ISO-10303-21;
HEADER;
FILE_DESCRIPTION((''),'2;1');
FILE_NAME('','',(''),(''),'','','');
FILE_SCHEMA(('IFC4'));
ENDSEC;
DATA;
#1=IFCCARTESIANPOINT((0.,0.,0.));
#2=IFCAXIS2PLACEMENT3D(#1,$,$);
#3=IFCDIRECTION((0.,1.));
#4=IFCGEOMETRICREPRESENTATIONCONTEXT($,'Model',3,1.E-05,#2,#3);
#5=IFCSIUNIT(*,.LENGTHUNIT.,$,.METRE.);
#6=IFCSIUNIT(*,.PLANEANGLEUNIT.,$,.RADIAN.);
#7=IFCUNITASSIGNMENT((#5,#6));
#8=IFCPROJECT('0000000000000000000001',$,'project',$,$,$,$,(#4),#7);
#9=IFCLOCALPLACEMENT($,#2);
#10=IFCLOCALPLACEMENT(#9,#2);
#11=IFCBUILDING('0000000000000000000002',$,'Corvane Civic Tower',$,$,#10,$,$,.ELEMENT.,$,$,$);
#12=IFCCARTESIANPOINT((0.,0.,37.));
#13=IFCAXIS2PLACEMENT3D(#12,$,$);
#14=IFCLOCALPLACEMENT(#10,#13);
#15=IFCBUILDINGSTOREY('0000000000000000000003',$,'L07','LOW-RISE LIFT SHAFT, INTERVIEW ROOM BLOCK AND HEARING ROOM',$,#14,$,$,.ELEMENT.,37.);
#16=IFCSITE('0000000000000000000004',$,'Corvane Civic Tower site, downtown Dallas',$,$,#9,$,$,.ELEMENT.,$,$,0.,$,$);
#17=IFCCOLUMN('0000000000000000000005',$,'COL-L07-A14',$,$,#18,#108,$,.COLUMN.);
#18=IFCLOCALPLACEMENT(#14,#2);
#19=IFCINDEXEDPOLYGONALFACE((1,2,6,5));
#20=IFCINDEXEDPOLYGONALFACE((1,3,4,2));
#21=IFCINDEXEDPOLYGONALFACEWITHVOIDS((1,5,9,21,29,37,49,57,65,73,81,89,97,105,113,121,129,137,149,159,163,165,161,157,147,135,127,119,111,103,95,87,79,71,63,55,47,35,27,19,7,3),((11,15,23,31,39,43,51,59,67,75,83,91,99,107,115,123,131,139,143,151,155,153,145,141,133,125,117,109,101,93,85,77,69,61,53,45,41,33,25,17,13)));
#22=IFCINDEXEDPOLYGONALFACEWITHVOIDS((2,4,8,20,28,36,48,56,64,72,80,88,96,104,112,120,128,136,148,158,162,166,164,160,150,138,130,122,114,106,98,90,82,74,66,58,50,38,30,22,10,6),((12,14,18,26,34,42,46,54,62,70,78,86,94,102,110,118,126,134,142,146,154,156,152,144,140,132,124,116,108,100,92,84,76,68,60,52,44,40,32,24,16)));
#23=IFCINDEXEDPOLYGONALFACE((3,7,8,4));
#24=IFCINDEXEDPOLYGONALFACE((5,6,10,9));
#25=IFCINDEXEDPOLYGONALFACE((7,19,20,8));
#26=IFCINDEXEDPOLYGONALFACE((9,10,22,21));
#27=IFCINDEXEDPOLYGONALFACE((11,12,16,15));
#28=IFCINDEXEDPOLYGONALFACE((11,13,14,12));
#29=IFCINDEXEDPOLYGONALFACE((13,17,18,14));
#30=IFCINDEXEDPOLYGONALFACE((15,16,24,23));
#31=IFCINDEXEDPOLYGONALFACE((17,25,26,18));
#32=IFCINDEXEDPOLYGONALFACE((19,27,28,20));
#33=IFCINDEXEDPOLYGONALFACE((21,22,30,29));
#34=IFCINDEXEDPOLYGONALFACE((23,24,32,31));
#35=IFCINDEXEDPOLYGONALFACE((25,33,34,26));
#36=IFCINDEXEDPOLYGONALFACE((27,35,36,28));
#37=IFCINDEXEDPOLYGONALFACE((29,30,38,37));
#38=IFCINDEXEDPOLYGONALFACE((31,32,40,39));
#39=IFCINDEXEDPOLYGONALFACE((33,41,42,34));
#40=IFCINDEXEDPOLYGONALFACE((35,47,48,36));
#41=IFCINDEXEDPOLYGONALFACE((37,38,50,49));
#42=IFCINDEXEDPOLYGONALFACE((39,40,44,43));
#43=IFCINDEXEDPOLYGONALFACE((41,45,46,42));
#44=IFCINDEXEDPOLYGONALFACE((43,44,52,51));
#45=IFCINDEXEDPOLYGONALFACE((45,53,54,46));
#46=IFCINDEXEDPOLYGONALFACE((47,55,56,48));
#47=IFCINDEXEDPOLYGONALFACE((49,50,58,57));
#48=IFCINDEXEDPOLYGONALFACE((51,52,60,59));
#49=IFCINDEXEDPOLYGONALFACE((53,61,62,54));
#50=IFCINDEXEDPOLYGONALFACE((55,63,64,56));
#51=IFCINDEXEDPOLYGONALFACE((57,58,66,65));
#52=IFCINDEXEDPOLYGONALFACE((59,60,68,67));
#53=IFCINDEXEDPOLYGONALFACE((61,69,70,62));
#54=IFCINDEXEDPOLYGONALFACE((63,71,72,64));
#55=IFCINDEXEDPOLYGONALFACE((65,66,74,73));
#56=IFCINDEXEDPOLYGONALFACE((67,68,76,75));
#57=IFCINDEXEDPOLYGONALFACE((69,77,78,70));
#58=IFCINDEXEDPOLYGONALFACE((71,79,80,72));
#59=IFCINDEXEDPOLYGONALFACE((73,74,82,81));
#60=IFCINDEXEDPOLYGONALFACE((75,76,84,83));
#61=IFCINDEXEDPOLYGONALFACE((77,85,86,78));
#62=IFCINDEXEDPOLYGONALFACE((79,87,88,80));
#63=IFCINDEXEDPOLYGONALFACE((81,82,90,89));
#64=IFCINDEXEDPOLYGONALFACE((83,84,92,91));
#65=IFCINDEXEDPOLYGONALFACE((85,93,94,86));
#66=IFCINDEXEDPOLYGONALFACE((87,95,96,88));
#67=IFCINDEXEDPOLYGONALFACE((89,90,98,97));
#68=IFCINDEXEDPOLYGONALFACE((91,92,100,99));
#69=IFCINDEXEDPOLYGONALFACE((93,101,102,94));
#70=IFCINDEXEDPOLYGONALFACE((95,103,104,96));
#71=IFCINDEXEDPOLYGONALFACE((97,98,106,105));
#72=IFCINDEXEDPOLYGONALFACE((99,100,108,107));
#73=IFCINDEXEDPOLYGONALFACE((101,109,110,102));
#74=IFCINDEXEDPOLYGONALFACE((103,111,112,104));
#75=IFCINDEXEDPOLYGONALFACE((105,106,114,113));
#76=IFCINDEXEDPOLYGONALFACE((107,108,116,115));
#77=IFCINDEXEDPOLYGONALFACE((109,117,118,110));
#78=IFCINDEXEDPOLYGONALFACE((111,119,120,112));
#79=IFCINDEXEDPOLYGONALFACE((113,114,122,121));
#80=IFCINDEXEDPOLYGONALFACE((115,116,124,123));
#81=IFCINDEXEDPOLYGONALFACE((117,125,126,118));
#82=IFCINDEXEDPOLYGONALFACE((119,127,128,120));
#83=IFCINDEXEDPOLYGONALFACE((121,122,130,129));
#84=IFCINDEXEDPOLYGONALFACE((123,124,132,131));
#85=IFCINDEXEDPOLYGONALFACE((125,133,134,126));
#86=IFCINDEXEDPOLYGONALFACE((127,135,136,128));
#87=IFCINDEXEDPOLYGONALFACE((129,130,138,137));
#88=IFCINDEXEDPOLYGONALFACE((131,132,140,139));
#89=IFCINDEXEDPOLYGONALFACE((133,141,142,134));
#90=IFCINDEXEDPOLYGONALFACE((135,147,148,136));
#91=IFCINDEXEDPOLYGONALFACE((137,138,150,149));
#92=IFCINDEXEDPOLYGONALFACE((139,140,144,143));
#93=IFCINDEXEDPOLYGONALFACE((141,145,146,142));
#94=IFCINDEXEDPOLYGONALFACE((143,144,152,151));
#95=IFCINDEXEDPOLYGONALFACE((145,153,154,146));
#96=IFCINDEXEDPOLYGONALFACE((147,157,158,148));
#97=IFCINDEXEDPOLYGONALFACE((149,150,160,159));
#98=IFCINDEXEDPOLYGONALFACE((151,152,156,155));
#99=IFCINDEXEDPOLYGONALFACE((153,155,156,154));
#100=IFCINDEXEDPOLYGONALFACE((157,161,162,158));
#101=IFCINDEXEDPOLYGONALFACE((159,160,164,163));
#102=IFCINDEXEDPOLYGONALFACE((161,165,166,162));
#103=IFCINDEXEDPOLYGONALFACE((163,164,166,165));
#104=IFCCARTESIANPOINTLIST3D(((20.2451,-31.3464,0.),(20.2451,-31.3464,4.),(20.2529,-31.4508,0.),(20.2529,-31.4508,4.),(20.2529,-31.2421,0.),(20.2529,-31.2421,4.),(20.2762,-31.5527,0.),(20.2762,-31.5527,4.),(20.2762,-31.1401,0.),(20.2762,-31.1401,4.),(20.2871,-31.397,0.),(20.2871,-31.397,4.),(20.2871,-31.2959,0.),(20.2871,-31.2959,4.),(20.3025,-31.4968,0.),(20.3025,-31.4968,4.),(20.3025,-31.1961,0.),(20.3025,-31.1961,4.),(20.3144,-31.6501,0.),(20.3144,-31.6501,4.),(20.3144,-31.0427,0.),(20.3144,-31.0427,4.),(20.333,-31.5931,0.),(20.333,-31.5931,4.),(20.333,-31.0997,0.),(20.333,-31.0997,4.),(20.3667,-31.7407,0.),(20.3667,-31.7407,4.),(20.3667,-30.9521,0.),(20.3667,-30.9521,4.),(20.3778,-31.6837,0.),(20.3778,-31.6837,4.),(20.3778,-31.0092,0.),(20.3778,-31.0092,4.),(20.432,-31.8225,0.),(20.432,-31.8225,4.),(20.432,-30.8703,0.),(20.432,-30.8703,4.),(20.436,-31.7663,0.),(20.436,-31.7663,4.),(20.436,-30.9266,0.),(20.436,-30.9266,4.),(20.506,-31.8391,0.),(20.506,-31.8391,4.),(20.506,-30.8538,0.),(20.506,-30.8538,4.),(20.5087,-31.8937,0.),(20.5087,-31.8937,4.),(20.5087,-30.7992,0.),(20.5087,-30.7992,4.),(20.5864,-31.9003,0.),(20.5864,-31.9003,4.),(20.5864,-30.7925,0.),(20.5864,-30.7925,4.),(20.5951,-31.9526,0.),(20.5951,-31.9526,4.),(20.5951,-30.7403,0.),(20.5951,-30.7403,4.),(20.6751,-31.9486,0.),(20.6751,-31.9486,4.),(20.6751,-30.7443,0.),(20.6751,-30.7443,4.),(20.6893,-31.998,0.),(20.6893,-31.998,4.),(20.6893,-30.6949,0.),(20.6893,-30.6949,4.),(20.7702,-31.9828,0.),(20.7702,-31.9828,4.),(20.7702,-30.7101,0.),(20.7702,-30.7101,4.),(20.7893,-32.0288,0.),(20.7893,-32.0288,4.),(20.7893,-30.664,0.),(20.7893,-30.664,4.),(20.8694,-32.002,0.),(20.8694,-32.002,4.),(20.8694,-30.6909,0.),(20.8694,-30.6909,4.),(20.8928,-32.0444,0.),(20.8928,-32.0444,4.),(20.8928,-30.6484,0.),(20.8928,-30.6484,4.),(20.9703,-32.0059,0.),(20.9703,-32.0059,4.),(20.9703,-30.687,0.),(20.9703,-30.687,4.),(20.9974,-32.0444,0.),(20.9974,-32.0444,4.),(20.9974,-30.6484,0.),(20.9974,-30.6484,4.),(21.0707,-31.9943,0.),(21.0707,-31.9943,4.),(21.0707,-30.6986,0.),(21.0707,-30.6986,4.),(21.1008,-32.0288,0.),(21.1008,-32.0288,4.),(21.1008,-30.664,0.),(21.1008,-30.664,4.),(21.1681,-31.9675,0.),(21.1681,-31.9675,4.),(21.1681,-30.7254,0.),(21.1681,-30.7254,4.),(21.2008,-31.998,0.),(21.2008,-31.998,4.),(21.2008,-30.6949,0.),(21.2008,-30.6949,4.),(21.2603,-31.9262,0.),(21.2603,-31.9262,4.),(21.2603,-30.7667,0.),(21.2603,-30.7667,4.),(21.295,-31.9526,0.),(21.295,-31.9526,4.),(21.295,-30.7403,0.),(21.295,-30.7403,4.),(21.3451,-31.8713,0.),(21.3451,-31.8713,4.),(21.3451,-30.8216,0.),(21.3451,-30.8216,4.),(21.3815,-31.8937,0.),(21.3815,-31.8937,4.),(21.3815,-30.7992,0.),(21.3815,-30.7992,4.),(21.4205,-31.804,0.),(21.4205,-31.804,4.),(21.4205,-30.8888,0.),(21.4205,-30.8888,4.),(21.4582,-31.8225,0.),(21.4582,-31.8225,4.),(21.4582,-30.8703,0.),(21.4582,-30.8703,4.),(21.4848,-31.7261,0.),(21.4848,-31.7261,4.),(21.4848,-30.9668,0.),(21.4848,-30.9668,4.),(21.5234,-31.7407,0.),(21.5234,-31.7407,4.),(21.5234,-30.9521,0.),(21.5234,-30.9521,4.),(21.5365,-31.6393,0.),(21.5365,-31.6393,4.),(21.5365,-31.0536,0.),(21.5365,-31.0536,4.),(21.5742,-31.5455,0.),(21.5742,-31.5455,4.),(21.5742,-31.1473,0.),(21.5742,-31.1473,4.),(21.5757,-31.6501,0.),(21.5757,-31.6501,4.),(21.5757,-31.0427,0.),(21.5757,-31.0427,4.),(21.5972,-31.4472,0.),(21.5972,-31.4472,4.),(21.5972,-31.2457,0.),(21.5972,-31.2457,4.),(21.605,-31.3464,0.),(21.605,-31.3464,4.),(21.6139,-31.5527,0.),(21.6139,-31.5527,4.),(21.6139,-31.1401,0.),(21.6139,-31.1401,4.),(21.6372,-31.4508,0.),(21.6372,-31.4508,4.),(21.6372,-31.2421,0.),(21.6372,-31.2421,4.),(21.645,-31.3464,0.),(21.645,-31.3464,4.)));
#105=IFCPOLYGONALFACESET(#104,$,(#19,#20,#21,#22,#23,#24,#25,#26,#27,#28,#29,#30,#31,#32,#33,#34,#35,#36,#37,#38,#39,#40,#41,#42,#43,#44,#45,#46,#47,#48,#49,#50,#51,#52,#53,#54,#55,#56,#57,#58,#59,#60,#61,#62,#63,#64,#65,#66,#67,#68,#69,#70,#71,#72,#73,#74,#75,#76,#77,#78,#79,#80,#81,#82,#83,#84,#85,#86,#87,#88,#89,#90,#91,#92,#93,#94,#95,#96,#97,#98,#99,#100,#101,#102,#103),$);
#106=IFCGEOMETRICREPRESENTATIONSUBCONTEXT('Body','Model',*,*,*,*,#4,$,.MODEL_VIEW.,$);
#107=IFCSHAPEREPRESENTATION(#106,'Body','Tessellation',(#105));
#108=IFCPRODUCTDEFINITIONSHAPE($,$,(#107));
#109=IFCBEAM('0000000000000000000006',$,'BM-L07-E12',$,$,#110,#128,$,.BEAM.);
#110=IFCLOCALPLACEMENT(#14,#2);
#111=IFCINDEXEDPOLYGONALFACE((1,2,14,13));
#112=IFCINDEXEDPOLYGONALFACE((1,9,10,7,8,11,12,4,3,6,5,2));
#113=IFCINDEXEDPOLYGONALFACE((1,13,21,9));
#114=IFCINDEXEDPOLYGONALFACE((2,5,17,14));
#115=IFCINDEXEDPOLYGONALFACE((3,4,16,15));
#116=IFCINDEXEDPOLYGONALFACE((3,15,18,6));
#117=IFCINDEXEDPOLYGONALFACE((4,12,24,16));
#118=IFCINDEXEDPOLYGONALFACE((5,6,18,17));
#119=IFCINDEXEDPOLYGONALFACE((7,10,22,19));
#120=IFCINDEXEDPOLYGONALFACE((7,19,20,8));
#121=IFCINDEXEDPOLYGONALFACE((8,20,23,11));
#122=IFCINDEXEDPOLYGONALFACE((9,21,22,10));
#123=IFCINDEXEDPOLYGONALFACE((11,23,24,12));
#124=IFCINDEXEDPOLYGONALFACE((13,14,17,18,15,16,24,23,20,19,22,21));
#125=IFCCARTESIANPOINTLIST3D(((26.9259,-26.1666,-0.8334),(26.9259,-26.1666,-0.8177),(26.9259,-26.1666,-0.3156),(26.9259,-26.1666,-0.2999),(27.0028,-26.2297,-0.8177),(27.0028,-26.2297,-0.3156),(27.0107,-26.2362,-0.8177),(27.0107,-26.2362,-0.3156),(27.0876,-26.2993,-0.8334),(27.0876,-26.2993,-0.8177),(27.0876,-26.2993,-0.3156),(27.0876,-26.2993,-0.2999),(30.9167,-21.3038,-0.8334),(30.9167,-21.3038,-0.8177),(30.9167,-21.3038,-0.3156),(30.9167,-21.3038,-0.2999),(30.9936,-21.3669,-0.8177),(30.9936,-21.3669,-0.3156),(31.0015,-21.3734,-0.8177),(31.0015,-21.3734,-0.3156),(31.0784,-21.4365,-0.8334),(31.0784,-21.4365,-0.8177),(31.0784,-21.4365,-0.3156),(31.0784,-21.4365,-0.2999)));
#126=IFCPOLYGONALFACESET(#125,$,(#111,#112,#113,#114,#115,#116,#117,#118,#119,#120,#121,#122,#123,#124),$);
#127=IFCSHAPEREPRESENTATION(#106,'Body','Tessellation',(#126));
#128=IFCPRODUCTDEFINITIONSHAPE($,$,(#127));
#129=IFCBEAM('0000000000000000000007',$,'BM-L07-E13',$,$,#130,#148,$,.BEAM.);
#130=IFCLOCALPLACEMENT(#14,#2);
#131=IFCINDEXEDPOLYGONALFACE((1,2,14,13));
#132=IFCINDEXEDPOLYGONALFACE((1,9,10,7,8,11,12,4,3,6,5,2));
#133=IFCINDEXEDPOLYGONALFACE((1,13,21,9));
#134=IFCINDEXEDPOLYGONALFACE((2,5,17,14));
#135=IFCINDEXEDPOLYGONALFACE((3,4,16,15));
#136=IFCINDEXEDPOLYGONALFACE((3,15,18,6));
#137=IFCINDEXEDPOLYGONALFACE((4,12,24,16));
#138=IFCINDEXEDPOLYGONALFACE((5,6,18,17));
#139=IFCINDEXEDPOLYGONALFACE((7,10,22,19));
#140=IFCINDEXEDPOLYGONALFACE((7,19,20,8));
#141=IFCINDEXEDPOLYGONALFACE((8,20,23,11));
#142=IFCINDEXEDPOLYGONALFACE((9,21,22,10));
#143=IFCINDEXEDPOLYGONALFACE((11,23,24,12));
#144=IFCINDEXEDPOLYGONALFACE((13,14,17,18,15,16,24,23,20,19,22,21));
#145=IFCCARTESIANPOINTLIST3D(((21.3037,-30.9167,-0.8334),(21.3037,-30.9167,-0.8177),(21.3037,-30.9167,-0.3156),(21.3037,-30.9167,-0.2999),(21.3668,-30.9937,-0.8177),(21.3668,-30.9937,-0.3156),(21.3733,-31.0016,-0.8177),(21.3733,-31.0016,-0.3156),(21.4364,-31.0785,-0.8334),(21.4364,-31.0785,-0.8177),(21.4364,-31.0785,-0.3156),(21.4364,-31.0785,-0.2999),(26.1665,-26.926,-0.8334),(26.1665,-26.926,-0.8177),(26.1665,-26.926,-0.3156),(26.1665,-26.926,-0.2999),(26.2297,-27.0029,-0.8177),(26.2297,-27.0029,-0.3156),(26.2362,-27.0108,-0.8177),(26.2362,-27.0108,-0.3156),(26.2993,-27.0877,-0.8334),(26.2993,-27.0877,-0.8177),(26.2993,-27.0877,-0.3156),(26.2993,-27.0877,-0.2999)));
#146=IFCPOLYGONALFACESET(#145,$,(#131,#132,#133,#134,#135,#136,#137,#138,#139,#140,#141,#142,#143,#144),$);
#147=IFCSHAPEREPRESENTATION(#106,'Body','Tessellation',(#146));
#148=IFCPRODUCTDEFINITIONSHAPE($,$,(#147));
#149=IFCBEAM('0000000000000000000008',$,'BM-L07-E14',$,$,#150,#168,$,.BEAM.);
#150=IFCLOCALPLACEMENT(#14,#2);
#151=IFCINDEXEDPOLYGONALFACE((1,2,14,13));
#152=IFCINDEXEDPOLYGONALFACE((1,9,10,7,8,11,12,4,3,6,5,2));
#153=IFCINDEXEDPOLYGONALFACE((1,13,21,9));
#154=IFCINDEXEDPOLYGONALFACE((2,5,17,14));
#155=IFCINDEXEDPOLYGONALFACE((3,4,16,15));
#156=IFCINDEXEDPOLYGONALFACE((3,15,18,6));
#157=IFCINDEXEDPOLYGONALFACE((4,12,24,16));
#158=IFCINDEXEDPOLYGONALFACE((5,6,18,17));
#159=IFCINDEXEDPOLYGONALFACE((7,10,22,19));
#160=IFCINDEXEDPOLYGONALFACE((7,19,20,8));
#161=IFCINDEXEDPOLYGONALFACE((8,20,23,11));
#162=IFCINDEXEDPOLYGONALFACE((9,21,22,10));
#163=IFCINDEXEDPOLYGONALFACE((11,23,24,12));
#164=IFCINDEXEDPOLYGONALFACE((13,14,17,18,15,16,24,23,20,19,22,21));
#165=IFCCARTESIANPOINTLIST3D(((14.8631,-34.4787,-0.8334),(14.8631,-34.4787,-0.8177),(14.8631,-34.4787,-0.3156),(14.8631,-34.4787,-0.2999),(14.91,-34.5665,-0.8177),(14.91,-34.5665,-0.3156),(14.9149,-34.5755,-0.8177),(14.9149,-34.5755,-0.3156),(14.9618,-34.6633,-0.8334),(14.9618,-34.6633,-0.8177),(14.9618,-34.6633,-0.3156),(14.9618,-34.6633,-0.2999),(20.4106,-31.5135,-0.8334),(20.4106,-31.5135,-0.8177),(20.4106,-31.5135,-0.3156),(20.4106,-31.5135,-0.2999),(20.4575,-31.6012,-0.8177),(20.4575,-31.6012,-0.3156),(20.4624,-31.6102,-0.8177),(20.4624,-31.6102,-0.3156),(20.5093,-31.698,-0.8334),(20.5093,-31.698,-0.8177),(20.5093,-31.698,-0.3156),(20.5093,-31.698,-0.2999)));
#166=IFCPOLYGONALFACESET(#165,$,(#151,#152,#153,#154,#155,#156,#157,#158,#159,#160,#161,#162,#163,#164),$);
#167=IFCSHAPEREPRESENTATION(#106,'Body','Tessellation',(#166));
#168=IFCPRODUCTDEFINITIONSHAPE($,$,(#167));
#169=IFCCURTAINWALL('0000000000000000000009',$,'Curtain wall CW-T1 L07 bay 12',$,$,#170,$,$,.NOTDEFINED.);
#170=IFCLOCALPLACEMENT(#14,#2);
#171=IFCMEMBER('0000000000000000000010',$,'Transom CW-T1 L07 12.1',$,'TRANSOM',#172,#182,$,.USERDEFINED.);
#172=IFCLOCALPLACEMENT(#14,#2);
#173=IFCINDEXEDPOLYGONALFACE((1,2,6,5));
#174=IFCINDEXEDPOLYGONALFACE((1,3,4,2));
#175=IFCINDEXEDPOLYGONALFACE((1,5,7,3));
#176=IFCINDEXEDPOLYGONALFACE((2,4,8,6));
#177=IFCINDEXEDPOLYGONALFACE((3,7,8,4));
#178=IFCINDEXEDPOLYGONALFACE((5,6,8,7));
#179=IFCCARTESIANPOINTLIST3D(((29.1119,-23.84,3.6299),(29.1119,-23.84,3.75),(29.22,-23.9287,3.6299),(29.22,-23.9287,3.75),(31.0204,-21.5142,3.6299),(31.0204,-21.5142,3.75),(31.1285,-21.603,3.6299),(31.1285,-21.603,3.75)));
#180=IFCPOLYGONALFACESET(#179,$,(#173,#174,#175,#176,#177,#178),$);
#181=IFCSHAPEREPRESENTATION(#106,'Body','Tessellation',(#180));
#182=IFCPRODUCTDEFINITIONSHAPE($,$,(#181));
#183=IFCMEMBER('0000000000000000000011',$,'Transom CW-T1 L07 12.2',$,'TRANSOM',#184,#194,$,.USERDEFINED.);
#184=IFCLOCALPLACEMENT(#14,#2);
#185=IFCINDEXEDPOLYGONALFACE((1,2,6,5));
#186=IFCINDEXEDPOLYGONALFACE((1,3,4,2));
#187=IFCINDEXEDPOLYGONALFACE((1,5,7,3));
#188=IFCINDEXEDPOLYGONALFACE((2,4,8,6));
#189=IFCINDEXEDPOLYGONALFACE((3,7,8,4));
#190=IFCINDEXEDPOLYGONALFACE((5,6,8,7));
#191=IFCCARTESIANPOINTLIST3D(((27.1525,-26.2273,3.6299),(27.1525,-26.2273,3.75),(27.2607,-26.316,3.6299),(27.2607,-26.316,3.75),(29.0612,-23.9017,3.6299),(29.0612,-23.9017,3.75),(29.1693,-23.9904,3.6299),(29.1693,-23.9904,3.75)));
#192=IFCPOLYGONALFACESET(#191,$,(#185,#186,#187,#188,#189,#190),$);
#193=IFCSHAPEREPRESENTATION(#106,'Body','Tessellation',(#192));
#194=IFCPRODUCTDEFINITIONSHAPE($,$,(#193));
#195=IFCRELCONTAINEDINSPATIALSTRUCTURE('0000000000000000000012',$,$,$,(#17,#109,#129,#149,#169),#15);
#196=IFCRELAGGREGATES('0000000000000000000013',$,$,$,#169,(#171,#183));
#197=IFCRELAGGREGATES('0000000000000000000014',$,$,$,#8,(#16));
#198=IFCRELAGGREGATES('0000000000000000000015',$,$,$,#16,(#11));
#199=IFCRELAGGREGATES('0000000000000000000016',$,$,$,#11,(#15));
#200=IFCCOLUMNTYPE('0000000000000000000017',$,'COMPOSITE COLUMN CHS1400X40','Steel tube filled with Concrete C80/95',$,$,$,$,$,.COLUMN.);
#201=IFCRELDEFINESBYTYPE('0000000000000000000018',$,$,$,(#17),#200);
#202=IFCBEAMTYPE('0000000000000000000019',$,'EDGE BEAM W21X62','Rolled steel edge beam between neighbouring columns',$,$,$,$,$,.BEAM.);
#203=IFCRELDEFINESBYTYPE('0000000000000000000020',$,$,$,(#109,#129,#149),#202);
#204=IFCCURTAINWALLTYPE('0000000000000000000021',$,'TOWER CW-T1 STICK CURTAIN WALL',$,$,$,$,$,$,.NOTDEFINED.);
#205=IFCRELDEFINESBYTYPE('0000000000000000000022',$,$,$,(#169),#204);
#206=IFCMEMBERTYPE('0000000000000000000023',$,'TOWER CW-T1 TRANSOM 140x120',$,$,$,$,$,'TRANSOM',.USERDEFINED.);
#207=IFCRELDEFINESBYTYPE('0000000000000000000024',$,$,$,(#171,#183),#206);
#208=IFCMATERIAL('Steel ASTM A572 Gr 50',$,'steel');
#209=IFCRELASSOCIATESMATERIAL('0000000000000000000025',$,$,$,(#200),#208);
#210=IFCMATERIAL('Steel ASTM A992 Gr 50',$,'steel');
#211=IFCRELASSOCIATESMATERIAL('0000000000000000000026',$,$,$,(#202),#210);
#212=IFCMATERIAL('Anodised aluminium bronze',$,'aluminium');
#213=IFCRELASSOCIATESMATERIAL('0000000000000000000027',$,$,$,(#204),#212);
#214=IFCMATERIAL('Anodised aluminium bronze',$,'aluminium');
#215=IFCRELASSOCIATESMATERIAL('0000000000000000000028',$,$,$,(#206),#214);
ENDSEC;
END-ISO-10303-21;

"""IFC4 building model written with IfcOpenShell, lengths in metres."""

from ifc_helpers import new_model, si_unit, direction, frame, origin, origin_2d, place, context, subcontext, project, spatial, rectangle, hollow_circle, i_section, extrude, material, material_profile, profile_set, type_object, element, aggregate, save


model = new_model("IFC4")

# Units and contexts
model_context = context("Model", 3, precision=1e-05, world=origin(), true_north=direction((0.0, 1.0)))
body_context = subcontext(model_context, "Body", "Model", "MODEL_VIEW")
ifc_project = project(units=[si_unit("LENGTHUNIT", "METRE"), si_unit("PLANEANGLEUNIT", "RADIAN")], contexts=[model_context])

# Site, building, storey
site_placement = place(None, origin())
site = spatial("IfcSite", under=ifc_project, at=site_placement, Name="Corvane Civic Tower site, downtown Dallas", CompositionType="ELEMENT", RefElevation=0.0)
building_placement = place(site_placement, origin())
building = spatial("IfcBuilding", under=site, at=building_placement, Name="Corvane Civic Tower", CompositionType="ELEMENT")
storey_placement = place(building_placement, frame((0.0, 0.0, 37.0)))
storey = spatial("IfcBuildingStorey", under=building, at=storey_placement, Name="L07", Description="LOW-RISE LIFT SHAFT, INTERVIEW ROOM BLOCK AND HEARING ROOM", CompositionType="ELEMENT", Elevation=37.0)

# Column
ifc_material_1 = material(Name="Steel ASTM A572 Gr 50", Category="steel")
ifc_material_profile_1 = material_profile(ifc_material_1, hollow_circle(Radius=0.7, WallThickness=0.04, at=origin_2d()), Name="CHS1400X40")
ifc_profile_set_1 = profile_set([ifc_material_profile_1], Name="Steel ASTM A572 Gr 50")
column_type = type_object("IfcColumnType", Name="COMPOSITE COLUMN CHS1400X40", Description="Steel tube filled with Concrete C80/95", PredefinedType="COLUMN", material=ifc_profile_set_1)
for number, where, z_axis, x_axis, name in (
    (1, (20.9451, -31.3464, 0.0), (0.0, 0.0, 1.0), (1.0, 0.0, 0.0), "COL-L07-A14"),
):
    element("IfcColumn", number, at=place(storey_placement, frame(where, z_axis=z_axis, x_axis=x_axis)), inside=storey, type_object=column_type, Name=name, PredefinedType="COLUMN", context=body_context, shape_type="SweptSolid", body=[
        extrude(hollow_circle(Radius=0.7, WallThickness=0.04, at=origin_2d()), origin(), (0.0, 0.0, 1.0), 4.0),
    ])

# Beams
ifc_material_2 = material(Name="Steel ASTM A992 Gr 50", Category="steel")
ifc_material_profile_2 = material_profile(ifc_material_2, i_section(OverallWidth=0.2092, OverallDepth=0.5334, WebThickness=0.0103, FlangeThickness=0.0156, at=origin_2d()), Name="W21X62")
ifc_profile_set_2 = profile_set([ifc_material_profile_2], Name="Steel ASTM A992 Gr 50")
beam_type = type_object("IfcBeamType", Name="EDGE BEAM W21X62", Description="Rolled steel edge beam between neighbouring columns", PredefinedType="BEAM", material=ifc_profile_set_2)
for number, where, z_axis, x_axis, name in (
    (2, (30.9976, -21.3701, -0.5667), (-0.634387, -0.773016, 0.0), (0.773016, -0.634387, 0.0), "BM-L07-E12"),
    (3, (26.2329, -27.0068, -0.5667), (-0.773016, -0.634387, 0.0), (0.634387, -0.773016, 0.0), "BM-L07-E13"),
):
    element("IfcBeam", number, at=place(storey_placement, frame(where, z_axis=z_axis, x_axis=x_axis)), inside=storey, type_object=beam_type, Name=name, PredefinedType="BEAM", context=body_context, shape_type="SweptSolid", body=[
        extrude(i_section(OverallWidth=0.2092, OverallDepth=0.5334, WebThickness=0.0103, FlangeThickness=0.0156, at=origin_2d()), origin(), (0.0, 0.0, 1.0), 6.2908),
    ])
beam_placement = place(storey_placement, frame((20.46, -31.6057, -0.5667), z_axis=(-0.881916, -0.471406, 0.0), x_axis=(0.471406, -0.881916, 0.0)))
element("IfcBeam", 4, at=beam_placement, inside=storey, type_object=beam_type, Name="BM-L07-E14", PredefinedType="BEAM", context=body_context, shape_type="SweptSolid", body=[
    extrude(i_section(OverallWidth=0.2092, OverallDepth=0.5334, WebThickness=0.0103, FlangeThickness=0.0156, at=origin_2d()), origin(), (0.0, 0.0, 1.0), 6.2903),
])

# Curtain wall, members
ifc_material_3 = material(Name="Anodised aluminium bronze", Category="aluminium")
curtain_wall_type = type_object("IfcCurtainWallType", Name="TOWER CW-T1 STICK CURTAIN WALL", PredefinedType="NOTDEFINED", material=ifc_material_3)
curtain_wall_1_placement = place(storey_placement, origin())
curtain_wall_1 = element("IfcCurtainWall", 5, at=curtain_wall_1_placement, inside=storey, type_object=curtain_wall_type, Name="Curtain wall CW-T1 L07 bay 12", PredefinedType="NOTDEFINED")
ifc_material_4 = material(Name="Anodised aluminium bronze", Category="aluminium")
ifc_material_profile_3 = material_profile(ifc_material_4, rectangle(XDim=0.1399, YDim=0.1201, at=origin_2d()), Name="TOWER CW-T1 TRANSOM 140x120")
ifc_profile_set_3 = profile_set([ifc_material_profile_3], Name="Anodised aluminium bronze")
member_type_1 = type_object("IfcMemberType", Name="TOWER CW-T1 TRANSOM 140x120", ElementType="TRANSOM", PredefinedType="USERDEFINED", material=ifc_profile_set_3)
member_1_placement = place(storey_placement, frame((31.0745, -21.5586, 3.6899), z_axis=(-0.634355, -0.773042, 0.0), x_axis=(0.773042, -0.634355, 0.0)))
member_1 = element("IfcMember", 6, at=member_1_placement, type_object=member_type_1, Name="Transom CW-T1 L07 12.1", ObjectType="TRANSOM", PredefinedType="USERDEFINED", context=body_context, shape_type="SweptSolid", body=[
    extrude(rectangle(XDim=0.1399, YDim=0.1201, at=origin_2d()), origin(), (0.0, 0.0, 1.0), 3.0085),
])
member_2_placement = place(storey_placement, frame((29.1152, -23.946, 3.6899), z_axis=(-0.634404, -0.773002, 0.0), x_axis=(0.773002, -0.634404, 0.0)))
member_2 = element("IfcMember", 7, at=member_2_placement, type_object=member_type_1, Name="Transom CW-T1 L07 12.2", ObjectType="TRANSOM", PredefinedType="USERDEFINED", context=body_context, shape_type="SweptSolid", body=[
    extrude(rectangle(XDim=0.1399, YDim=0.1201, at=origin_2d()), origin(), (0.0, 0.0, 1.0), 3.0085),
])

aggregate(curtain_wall_1, [member_1, member_2])

save(model, "model.ifc")
